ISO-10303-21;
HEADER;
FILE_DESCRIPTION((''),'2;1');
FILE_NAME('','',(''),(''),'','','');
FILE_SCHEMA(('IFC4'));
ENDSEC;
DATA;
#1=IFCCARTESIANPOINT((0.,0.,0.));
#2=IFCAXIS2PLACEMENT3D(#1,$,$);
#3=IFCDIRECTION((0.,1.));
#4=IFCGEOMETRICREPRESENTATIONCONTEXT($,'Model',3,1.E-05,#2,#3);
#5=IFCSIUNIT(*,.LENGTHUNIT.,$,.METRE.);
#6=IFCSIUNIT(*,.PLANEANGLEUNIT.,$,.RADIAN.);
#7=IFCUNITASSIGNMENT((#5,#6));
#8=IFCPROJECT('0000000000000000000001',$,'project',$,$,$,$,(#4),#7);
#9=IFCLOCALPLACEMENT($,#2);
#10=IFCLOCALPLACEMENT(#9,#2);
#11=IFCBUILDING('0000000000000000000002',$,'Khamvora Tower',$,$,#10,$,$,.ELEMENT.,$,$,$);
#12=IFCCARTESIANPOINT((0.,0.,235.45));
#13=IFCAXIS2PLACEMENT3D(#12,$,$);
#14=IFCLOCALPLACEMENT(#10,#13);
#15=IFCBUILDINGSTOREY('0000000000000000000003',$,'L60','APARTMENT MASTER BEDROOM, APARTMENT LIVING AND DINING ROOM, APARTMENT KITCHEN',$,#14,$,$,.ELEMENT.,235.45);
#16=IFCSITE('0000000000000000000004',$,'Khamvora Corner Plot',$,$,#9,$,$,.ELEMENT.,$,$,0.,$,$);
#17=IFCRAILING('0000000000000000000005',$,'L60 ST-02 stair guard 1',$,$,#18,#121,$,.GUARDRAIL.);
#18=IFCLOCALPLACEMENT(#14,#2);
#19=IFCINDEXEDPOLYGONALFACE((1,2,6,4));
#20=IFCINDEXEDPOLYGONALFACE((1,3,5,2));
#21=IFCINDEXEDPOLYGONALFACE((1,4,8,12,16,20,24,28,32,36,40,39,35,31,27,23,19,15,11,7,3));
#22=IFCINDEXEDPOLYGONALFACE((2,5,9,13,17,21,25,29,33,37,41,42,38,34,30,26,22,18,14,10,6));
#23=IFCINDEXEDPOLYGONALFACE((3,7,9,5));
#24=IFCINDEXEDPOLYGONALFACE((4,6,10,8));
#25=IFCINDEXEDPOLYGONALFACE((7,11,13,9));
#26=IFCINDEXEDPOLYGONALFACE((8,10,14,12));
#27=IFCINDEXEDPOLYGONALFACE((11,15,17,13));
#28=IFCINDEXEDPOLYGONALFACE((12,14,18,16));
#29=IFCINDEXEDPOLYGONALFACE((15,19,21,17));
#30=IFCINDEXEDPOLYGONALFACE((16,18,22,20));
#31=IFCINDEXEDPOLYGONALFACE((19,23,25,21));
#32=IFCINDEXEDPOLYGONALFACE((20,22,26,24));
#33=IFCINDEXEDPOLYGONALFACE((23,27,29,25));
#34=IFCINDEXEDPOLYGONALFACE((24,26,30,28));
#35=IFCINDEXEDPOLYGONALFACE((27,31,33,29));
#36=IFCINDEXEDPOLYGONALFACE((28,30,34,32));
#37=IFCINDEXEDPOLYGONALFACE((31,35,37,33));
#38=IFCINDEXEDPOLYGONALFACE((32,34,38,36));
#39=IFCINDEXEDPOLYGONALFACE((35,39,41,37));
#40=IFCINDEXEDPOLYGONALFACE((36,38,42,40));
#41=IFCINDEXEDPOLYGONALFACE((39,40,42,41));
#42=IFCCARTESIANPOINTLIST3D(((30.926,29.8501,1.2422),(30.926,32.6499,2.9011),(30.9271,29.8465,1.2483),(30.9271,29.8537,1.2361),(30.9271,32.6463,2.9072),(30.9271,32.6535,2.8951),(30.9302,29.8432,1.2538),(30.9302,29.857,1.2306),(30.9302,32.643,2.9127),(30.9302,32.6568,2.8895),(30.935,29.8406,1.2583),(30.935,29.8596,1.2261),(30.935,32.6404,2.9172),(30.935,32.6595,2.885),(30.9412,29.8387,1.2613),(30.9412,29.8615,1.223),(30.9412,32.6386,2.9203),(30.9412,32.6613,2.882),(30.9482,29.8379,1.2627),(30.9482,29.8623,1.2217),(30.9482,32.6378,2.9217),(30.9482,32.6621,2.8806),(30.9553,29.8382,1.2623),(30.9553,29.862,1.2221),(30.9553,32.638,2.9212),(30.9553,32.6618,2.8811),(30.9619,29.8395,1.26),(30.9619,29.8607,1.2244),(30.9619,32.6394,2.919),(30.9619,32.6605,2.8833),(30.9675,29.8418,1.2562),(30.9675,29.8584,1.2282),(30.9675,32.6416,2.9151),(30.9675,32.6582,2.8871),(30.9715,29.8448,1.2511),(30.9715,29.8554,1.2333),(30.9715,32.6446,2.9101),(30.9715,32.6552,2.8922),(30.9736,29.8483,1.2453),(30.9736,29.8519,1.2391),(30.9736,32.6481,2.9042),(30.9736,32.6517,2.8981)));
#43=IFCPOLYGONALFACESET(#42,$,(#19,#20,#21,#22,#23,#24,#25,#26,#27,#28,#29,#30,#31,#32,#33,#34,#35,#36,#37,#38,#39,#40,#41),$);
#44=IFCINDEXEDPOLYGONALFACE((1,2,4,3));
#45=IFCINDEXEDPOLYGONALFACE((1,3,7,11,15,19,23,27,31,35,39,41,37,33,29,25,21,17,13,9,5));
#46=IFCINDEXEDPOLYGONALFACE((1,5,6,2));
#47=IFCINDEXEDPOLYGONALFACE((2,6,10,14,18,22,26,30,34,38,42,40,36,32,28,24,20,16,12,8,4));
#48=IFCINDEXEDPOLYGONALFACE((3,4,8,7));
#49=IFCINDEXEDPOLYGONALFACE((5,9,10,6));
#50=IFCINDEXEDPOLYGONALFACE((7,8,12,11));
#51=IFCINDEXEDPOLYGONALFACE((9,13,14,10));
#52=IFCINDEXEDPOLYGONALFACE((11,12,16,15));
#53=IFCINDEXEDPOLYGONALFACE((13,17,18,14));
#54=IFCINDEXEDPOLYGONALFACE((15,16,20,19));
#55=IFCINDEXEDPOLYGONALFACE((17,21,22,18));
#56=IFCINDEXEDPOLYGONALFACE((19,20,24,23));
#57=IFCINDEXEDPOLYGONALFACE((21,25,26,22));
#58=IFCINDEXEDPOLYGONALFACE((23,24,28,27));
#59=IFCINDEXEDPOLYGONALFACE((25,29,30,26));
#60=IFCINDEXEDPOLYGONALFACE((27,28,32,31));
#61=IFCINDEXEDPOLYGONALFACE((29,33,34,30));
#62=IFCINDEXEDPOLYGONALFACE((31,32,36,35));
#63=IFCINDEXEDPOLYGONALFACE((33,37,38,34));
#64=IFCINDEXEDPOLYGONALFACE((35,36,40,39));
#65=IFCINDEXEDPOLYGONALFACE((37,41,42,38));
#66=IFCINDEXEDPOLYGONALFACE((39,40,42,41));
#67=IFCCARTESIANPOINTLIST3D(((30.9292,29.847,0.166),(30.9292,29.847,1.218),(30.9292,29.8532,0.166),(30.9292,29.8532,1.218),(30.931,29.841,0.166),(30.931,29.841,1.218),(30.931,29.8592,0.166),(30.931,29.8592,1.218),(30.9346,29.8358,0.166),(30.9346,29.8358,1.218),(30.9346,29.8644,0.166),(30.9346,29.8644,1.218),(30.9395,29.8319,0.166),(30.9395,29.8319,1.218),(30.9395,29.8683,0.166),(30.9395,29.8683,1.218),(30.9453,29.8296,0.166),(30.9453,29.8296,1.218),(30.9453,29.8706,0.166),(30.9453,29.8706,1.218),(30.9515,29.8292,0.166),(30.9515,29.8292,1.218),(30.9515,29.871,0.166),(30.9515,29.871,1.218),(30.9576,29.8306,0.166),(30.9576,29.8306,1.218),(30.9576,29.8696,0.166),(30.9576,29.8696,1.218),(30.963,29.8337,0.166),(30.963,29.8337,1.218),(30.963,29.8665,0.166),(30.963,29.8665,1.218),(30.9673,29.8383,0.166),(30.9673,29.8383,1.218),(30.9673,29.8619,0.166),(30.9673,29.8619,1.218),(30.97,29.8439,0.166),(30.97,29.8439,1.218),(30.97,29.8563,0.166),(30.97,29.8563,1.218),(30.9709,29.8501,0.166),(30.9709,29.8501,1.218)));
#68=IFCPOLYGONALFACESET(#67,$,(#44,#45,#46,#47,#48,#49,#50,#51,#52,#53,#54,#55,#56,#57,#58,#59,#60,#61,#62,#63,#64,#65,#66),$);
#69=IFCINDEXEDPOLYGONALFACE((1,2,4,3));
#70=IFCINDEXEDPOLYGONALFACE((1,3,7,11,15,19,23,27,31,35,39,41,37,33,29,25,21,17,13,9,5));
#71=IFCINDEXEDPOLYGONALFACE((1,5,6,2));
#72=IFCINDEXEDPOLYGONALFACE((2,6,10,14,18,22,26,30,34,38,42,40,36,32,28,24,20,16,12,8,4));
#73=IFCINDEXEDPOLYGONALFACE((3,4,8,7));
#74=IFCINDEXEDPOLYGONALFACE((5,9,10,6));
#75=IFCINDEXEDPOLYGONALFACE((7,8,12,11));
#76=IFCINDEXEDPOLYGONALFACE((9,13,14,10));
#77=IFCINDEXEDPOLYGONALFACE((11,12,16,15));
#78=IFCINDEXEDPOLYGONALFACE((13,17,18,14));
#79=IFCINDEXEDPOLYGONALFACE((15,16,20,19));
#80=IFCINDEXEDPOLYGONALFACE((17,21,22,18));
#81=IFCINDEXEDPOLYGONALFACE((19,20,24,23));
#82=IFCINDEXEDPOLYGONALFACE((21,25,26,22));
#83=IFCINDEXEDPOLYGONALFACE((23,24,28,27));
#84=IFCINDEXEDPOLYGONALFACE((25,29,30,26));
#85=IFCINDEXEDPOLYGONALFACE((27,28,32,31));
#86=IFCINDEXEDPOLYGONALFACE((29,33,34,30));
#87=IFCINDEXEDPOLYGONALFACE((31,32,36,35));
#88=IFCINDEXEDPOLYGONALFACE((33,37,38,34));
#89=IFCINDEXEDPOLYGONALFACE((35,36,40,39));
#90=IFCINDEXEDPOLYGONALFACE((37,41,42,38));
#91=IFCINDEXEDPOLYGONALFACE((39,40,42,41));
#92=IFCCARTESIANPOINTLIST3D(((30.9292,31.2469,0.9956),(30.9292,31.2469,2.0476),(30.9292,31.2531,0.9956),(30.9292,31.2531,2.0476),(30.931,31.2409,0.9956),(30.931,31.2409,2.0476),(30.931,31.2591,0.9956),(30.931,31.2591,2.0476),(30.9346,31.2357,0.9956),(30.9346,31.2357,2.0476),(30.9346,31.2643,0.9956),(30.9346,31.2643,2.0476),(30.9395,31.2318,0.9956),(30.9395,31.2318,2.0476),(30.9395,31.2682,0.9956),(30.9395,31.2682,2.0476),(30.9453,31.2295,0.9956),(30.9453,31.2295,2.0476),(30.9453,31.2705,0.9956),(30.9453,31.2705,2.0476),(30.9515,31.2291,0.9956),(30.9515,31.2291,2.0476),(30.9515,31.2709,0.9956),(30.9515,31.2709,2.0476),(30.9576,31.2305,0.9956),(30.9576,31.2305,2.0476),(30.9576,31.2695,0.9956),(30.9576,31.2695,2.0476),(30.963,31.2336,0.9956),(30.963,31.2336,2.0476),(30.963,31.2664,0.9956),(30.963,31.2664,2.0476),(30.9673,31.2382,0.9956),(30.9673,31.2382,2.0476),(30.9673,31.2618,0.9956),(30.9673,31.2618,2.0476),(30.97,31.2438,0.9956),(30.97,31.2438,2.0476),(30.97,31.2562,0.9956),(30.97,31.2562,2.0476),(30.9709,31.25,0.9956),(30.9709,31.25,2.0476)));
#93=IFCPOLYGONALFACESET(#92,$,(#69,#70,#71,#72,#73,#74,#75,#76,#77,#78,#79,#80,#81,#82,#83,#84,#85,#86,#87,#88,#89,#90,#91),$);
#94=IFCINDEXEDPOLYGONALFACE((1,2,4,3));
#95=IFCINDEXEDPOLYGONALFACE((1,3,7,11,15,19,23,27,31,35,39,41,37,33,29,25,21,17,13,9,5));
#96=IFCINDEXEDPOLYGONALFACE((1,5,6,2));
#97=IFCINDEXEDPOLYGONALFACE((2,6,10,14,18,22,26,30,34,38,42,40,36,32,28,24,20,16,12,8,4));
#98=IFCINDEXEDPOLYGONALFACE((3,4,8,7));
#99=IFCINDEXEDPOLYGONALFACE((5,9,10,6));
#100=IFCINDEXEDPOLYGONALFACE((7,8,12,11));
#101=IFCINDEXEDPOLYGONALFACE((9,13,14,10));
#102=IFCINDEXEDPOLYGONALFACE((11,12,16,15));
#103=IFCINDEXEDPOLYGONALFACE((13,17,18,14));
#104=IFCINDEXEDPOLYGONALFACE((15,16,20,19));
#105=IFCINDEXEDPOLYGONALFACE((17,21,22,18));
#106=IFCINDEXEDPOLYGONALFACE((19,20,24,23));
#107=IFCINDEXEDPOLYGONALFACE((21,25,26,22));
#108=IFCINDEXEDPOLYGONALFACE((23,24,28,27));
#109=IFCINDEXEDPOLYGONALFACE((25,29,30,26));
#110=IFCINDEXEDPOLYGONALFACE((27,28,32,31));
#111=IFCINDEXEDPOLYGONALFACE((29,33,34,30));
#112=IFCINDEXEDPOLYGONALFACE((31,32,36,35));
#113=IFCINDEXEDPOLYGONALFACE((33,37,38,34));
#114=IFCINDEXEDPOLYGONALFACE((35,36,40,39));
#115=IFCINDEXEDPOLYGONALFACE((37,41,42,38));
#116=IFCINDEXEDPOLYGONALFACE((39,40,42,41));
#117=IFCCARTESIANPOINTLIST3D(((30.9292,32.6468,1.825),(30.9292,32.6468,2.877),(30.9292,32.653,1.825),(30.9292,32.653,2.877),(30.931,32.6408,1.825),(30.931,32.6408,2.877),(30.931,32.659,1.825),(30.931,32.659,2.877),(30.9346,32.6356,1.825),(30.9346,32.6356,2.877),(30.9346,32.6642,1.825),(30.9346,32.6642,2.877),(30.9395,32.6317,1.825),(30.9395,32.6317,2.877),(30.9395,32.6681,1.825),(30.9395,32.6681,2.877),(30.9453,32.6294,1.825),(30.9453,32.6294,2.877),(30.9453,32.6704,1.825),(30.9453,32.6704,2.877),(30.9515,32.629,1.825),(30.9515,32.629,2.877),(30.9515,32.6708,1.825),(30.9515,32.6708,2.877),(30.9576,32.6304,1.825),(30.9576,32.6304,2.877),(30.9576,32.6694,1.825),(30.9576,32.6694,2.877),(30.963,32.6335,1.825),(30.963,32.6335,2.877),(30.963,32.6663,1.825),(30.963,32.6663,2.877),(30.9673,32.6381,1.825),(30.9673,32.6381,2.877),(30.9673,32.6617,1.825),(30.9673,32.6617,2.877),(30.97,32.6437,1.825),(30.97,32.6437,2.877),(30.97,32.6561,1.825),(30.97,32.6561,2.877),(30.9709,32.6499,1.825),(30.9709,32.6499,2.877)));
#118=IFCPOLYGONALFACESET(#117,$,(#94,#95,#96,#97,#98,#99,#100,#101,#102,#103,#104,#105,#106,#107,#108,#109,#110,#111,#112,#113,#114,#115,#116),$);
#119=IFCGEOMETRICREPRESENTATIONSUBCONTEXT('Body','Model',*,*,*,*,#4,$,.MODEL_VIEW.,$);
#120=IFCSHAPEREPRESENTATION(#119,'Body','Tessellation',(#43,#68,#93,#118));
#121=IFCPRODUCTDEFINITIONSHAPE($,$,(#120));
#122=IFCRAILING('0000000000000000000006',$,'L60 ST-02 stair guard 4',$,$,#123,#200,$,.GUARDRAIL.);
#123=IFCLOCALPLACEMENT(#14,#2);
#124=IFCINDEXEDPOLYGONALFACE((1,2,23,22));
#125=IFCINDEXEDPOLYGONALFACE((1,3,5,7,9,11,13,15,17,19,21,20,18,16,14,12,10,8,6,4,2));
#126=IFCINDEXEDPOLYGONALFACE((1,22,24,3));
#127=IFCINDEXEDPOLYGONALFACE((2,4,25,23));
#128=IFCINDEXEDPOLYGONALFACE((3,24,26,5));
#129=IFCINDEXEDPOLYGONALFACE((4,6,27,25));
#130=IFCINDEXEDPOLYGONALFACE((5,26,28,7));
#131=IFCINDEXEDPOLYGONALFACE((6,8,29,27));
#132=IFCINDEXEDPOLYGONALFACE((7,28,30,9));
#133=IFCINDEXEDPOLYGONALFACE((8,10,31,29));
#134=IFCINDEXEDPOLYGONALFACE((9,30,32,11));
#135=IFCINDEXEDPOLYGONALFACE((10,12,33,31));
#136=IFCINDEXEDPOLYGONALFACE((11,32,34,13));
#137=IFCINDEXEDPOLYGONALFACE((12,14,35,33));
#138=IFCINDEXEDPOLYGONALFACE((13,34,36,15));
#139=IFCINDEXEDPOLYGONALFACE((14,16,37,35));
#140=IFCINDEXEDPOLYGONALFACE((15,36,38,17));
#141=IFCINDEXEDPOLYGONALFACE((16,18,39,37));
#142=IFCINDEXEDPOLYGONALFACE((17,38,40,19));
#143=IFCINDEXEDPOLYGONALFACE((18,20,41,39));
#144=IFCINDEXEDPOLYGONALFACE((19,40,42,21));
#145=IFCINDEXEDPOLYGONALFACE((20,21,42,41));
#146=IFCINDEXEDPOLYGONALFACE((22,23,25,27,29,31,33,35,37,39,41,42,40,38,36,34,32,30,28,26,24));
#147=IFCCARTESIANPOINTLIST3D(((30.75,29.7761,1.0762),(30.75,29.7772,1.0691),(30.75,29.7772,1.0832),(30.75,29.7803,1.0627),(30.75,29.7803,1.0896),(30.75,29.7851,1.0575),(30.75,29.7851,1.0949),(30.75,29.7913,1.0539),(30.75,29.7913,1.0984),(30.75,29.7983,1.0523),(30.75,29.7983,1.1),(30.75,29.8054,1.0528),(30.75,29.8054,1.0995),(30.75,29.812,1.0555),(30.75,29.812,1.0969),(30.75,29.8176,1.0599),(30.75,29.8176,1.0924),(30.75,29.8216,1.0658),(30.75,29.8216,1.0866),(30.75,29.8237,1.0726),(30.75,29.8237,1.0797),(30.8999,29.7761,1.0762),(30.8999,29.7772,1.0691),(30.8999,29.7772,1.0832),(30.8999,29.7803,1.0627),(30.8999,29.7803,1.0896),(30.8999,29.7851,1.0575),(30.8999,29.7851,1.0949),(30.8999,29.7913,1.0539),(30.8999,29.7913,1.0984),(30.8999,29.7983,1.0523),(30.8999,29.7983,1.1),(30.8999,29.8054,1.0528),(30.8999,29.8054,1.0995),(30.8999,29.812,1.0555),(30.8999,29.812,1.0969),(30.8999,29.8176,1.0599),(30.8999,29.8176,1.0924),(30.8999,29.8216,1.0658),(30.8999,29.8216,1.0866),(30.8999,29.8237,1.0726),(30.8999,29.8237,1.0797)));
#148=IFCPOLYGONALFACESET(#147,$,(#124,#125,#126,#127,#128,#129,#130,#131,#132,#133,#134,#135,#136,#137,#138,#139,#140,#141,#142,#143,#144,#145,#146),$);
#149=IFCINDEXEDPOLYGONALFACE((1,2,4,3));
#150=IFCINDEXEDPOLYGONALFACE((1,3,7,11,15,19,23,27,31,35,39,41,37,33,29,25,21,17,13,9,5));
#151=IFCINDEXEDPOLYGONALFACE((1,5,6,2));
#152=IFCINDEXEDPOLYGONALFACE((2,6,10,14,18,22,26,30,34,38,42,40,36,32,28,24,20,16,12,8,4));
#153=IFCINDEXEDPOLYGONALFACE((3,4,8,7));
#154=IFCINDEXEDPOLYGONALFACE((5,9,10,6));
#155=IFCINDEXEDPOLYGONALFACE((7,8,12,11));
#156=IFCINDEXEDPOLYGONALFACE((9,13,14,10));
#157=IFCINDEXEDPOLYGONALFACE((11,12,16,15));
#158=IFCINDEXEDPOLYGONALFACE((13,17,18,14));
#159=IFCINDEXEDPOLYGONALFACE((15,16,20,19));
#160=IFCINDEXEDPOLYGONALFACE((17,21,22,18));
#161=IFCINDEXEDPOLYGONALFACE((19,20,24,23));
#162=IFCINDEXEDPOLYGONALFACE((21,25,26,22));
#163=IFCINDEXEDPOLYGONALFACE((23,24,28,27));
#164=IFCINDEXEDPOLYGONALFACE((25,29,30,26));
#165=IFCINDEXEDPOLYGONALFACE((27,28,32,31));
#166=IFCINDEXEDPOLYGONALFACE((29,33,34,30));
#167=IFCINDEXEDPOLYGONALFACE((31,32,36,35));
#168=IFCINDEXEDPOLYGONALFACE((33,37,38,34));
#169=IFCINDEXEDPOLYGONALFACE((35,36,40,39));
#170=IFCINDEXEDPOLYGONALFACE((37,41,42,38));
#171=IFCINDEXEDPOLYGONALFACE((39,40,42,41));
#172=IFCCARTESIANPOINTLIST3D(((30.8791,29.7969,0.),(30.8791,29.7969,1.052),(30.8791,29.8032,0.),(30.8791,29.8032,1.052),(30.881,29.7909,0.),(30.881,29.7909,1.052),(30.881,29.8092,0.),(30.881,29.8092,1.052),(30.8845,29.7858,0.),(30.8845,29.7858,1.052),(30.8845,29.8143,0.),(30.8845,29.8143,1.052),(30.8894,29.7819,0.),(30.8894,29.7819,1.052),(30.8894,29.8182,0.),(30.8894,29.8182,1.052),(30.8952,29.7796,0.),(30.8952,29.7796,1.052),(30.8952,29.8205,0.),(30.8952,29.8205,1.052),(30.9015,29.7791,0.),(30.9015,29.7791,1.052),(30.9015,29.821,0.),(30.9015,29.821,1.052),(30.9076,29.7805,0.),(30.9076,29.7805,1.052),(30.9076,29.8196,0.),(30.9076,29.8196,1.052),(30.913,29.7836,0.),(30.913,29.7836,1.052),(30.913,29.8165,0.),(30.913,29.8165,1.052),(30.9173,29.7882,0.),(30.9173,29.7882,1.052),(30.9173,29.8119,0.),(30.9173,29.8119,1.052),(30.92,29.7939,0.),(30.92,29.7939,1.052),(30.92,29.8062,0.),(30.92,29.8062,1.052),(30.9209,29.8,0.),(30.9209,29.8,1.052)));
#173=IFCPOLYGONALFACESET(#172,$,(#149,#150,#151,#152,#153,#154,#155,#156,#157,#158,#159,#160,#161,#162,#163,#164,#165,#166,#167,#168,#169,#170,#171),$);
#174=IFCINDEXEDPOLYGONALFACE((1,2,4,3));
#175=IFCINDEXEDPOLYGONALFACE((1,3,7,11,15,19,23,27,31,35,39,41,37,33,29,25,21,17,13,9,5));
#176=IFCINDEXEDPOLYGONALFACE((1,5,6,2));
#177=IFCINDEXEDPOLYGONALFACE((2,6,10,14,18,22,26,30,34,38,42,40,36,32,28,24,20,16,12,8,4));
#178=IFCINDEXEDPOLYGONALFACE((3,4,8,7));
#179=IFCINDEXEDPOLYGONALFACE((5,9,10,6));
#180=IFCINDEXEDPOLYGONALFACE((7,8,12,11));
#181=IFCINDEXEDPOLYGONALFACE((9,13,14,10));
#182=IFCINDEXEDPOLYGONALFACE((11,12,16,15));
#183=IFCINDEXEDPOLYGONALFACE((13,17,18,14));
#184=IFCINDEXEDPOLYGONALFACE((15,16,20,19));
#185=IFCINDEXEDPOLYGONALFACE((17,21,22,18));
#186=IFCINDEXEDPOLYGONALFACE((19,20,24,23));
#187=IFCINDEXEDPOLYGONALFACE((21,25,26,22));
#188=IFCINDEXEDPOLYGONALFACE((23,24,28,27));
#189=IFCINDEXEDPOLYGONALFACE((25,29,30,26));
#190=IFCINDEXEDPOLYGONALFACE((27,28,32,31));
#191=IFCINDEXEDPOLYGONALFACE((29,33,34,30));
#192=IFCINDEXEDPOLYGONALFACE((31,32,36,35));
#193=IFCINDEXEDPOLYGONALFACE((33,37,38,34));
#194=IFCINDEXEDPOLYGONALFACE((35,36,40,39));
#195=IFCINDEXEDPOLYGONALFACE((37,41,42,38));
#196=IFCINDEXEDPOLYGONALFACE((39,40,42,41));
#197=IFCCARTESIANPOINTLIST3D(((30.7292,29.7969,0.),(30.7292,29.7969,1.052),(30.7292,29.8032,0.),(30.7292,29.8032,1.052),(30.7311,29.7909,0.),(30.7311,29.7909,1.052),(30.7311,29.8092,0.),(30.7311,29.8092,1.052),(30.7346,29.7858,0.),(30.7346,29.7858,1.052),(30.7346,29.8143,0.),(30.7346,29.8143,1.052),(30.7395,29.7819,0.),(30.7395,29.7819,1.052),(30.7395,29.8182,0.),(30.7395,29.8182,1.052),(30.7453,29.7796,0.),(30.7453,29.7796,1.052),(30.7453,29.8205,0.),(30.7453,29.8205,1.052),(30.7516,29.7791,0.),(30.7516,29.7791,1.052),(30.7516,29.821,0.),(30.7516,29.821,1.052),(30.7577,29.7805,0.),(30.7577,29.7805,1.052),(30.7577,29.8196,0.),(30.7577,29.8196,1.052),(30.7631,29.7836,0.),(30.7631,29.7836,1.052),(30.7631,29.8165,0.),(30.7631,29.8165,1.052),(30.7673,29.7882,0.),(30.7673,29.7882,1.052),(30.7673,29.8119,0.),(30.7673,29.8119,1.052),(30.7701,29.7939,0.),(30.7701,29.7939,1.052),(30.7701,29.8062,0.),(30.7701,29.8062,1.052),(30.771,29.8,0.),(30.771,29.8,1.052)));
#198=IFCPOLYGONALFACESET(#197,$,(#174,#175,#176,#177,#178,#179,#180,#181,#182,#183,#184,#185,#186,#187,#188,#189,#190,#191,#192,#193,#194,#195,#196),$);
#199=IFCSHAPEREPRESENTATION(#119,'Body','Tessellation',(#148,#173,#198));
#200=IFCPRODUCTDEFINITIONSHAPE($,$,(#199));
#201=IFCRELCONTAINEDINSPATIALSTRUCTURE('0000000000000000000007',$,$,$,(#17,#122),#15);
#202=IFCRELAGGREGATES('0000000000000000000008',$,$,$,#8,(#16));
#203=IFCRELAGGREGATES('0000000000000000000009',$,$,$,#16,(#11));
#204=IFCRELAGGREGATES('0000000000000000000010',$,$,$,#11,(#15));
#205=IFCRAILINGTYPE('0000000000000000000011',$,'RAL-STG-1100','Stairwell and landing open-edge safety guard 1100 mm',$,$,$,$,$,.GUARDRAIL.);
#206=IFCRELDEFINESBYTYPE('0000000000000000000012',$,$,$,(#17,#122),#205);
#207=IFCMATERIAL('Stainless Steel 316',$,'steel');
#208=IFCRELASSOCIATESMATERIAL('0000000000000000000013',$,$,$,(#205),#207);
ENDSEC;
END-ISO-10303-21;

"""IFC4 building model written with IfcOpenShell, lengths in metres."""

from ifc_helpers import new_model, si_unit, direction, frame, origin, origin_2d, place, context, subcontext, project, spatial, circle, extrude, material, type_object, element, save


model = new_model("IFC4")

# Units and contexts
model_context = context("Model", 3, precision=1e-05, world=origin(), true_north=direction((0.0, 1.0)))
body_context = subcontext(model_context, "Body", "Model", "MODEL_VIEW")
ifc_project = project(units=[si_unit("LENGTHUNIT", "METRE"), si_unit("PLANEANGLEUNIT", "RADIAN")], contexts=[model_context])

# Site, building, storey
site_placement = place(None, origin())
site = spatial("IfcSite", under=ifc_project, at=site_placement, Name="Khamvora Corner Plot", CompositionType="ELEMENT", RefElevation=0.0)
building_placement = place(site_placement, origin())
building = spatial("IfcBuilding", under=site, at=building_placement, Name="Khamvora Tower", CompositionType="ELEMENT")
storey_placement = place(building_placement, frame((0.0, 0.0, 235.45)))
storey = spatial("IfcBuildingStorey", under=building, at=storey_placement, Name="L60", Description="APARTMENT MASTER BEDROOM, APARTMENT LIVING AND DINING ROOM, APARTMENT KITCHEN", CompositionType="ELEMENT", Elevation=235.45)

# Railings
ifc_material_1 = material(Name="Stainless Steel 316", Category="steel")
railing_type_1 = type_object("IfcRailingType", Name="RAL-STG-1100", Description="Stairwell and landing open-edge safety guard 1100 mm", PredefinedType="GUARDRAIL", material=ifc_material_1)
railing_1_placement = place(storey_placement, frame((30.95, 29.8501, 0.166)))
element("IfcRailing", 1, at=railing_1_placement, inside=storey, type_object=railing_type_1, Name="L60 ST-02 stair guard 1", PredefinedType="GUARDRAIL", context=body_context, shape_type="SweptSolid", body=[
    extrude(circle(Radius=0.0239, at=origin_2d()), frame((0.0, 0.0, 1.0762), z_axis=(0.0, 0.86032, 0.509755), x_axis=(-1.0, 0.0, 0.0)), (0.0, 0.0, 1.0), 3.2544),
    extrude(circle(Radius=0.021, at=origin_2d()), origin(), (0.0, 0.0, 1.0), 1.052),
    extrude(circle(Radius=0.021, at=origin_2d()), frame((0.0, 1.3999, 0.8296)), (0.0, 0.0, 1.0), 1.052),
    extrude(circle(Radius=0.021, at=origin_2d()), frame((0.0, 2.7998, 1.6589)), (0.0, 0.0, 1.0), 1.052),
])
railing_2_placement = place(storey_placement, frame((30.8999, 29.8, 0.0)))
element("IfcRailing", 2, at=railing_2_placement, inside=storey, type_object=railing_type_1, Name="L60 ST-02 stair guard 4", PredefinedType="GUARDRAIL", context=body_context, shape_type="SweptSolid", body=[
    extrude(circle(Radius=0.0239, at=origin_2d()), frame((0.0, 0.0, 1.0762), z_axis=(-1.0, 0.0, 0.0), x_axis=(0.0, -1.0, 0.0)), (0.0, 0.0, 1.0), 0.1499),
    extrude(circle(Radius=0.021, at=origin_2d()), origin(), (0.0, 0.0, 1.0), 1.052),
    extrude(circle(Radius=0.021, at=origin_2d()), frame((-0.1499, 0.0, 0.0)), (0.0, 0.0, 1.0), 1.052),
])

save(model, "model.ifc")
